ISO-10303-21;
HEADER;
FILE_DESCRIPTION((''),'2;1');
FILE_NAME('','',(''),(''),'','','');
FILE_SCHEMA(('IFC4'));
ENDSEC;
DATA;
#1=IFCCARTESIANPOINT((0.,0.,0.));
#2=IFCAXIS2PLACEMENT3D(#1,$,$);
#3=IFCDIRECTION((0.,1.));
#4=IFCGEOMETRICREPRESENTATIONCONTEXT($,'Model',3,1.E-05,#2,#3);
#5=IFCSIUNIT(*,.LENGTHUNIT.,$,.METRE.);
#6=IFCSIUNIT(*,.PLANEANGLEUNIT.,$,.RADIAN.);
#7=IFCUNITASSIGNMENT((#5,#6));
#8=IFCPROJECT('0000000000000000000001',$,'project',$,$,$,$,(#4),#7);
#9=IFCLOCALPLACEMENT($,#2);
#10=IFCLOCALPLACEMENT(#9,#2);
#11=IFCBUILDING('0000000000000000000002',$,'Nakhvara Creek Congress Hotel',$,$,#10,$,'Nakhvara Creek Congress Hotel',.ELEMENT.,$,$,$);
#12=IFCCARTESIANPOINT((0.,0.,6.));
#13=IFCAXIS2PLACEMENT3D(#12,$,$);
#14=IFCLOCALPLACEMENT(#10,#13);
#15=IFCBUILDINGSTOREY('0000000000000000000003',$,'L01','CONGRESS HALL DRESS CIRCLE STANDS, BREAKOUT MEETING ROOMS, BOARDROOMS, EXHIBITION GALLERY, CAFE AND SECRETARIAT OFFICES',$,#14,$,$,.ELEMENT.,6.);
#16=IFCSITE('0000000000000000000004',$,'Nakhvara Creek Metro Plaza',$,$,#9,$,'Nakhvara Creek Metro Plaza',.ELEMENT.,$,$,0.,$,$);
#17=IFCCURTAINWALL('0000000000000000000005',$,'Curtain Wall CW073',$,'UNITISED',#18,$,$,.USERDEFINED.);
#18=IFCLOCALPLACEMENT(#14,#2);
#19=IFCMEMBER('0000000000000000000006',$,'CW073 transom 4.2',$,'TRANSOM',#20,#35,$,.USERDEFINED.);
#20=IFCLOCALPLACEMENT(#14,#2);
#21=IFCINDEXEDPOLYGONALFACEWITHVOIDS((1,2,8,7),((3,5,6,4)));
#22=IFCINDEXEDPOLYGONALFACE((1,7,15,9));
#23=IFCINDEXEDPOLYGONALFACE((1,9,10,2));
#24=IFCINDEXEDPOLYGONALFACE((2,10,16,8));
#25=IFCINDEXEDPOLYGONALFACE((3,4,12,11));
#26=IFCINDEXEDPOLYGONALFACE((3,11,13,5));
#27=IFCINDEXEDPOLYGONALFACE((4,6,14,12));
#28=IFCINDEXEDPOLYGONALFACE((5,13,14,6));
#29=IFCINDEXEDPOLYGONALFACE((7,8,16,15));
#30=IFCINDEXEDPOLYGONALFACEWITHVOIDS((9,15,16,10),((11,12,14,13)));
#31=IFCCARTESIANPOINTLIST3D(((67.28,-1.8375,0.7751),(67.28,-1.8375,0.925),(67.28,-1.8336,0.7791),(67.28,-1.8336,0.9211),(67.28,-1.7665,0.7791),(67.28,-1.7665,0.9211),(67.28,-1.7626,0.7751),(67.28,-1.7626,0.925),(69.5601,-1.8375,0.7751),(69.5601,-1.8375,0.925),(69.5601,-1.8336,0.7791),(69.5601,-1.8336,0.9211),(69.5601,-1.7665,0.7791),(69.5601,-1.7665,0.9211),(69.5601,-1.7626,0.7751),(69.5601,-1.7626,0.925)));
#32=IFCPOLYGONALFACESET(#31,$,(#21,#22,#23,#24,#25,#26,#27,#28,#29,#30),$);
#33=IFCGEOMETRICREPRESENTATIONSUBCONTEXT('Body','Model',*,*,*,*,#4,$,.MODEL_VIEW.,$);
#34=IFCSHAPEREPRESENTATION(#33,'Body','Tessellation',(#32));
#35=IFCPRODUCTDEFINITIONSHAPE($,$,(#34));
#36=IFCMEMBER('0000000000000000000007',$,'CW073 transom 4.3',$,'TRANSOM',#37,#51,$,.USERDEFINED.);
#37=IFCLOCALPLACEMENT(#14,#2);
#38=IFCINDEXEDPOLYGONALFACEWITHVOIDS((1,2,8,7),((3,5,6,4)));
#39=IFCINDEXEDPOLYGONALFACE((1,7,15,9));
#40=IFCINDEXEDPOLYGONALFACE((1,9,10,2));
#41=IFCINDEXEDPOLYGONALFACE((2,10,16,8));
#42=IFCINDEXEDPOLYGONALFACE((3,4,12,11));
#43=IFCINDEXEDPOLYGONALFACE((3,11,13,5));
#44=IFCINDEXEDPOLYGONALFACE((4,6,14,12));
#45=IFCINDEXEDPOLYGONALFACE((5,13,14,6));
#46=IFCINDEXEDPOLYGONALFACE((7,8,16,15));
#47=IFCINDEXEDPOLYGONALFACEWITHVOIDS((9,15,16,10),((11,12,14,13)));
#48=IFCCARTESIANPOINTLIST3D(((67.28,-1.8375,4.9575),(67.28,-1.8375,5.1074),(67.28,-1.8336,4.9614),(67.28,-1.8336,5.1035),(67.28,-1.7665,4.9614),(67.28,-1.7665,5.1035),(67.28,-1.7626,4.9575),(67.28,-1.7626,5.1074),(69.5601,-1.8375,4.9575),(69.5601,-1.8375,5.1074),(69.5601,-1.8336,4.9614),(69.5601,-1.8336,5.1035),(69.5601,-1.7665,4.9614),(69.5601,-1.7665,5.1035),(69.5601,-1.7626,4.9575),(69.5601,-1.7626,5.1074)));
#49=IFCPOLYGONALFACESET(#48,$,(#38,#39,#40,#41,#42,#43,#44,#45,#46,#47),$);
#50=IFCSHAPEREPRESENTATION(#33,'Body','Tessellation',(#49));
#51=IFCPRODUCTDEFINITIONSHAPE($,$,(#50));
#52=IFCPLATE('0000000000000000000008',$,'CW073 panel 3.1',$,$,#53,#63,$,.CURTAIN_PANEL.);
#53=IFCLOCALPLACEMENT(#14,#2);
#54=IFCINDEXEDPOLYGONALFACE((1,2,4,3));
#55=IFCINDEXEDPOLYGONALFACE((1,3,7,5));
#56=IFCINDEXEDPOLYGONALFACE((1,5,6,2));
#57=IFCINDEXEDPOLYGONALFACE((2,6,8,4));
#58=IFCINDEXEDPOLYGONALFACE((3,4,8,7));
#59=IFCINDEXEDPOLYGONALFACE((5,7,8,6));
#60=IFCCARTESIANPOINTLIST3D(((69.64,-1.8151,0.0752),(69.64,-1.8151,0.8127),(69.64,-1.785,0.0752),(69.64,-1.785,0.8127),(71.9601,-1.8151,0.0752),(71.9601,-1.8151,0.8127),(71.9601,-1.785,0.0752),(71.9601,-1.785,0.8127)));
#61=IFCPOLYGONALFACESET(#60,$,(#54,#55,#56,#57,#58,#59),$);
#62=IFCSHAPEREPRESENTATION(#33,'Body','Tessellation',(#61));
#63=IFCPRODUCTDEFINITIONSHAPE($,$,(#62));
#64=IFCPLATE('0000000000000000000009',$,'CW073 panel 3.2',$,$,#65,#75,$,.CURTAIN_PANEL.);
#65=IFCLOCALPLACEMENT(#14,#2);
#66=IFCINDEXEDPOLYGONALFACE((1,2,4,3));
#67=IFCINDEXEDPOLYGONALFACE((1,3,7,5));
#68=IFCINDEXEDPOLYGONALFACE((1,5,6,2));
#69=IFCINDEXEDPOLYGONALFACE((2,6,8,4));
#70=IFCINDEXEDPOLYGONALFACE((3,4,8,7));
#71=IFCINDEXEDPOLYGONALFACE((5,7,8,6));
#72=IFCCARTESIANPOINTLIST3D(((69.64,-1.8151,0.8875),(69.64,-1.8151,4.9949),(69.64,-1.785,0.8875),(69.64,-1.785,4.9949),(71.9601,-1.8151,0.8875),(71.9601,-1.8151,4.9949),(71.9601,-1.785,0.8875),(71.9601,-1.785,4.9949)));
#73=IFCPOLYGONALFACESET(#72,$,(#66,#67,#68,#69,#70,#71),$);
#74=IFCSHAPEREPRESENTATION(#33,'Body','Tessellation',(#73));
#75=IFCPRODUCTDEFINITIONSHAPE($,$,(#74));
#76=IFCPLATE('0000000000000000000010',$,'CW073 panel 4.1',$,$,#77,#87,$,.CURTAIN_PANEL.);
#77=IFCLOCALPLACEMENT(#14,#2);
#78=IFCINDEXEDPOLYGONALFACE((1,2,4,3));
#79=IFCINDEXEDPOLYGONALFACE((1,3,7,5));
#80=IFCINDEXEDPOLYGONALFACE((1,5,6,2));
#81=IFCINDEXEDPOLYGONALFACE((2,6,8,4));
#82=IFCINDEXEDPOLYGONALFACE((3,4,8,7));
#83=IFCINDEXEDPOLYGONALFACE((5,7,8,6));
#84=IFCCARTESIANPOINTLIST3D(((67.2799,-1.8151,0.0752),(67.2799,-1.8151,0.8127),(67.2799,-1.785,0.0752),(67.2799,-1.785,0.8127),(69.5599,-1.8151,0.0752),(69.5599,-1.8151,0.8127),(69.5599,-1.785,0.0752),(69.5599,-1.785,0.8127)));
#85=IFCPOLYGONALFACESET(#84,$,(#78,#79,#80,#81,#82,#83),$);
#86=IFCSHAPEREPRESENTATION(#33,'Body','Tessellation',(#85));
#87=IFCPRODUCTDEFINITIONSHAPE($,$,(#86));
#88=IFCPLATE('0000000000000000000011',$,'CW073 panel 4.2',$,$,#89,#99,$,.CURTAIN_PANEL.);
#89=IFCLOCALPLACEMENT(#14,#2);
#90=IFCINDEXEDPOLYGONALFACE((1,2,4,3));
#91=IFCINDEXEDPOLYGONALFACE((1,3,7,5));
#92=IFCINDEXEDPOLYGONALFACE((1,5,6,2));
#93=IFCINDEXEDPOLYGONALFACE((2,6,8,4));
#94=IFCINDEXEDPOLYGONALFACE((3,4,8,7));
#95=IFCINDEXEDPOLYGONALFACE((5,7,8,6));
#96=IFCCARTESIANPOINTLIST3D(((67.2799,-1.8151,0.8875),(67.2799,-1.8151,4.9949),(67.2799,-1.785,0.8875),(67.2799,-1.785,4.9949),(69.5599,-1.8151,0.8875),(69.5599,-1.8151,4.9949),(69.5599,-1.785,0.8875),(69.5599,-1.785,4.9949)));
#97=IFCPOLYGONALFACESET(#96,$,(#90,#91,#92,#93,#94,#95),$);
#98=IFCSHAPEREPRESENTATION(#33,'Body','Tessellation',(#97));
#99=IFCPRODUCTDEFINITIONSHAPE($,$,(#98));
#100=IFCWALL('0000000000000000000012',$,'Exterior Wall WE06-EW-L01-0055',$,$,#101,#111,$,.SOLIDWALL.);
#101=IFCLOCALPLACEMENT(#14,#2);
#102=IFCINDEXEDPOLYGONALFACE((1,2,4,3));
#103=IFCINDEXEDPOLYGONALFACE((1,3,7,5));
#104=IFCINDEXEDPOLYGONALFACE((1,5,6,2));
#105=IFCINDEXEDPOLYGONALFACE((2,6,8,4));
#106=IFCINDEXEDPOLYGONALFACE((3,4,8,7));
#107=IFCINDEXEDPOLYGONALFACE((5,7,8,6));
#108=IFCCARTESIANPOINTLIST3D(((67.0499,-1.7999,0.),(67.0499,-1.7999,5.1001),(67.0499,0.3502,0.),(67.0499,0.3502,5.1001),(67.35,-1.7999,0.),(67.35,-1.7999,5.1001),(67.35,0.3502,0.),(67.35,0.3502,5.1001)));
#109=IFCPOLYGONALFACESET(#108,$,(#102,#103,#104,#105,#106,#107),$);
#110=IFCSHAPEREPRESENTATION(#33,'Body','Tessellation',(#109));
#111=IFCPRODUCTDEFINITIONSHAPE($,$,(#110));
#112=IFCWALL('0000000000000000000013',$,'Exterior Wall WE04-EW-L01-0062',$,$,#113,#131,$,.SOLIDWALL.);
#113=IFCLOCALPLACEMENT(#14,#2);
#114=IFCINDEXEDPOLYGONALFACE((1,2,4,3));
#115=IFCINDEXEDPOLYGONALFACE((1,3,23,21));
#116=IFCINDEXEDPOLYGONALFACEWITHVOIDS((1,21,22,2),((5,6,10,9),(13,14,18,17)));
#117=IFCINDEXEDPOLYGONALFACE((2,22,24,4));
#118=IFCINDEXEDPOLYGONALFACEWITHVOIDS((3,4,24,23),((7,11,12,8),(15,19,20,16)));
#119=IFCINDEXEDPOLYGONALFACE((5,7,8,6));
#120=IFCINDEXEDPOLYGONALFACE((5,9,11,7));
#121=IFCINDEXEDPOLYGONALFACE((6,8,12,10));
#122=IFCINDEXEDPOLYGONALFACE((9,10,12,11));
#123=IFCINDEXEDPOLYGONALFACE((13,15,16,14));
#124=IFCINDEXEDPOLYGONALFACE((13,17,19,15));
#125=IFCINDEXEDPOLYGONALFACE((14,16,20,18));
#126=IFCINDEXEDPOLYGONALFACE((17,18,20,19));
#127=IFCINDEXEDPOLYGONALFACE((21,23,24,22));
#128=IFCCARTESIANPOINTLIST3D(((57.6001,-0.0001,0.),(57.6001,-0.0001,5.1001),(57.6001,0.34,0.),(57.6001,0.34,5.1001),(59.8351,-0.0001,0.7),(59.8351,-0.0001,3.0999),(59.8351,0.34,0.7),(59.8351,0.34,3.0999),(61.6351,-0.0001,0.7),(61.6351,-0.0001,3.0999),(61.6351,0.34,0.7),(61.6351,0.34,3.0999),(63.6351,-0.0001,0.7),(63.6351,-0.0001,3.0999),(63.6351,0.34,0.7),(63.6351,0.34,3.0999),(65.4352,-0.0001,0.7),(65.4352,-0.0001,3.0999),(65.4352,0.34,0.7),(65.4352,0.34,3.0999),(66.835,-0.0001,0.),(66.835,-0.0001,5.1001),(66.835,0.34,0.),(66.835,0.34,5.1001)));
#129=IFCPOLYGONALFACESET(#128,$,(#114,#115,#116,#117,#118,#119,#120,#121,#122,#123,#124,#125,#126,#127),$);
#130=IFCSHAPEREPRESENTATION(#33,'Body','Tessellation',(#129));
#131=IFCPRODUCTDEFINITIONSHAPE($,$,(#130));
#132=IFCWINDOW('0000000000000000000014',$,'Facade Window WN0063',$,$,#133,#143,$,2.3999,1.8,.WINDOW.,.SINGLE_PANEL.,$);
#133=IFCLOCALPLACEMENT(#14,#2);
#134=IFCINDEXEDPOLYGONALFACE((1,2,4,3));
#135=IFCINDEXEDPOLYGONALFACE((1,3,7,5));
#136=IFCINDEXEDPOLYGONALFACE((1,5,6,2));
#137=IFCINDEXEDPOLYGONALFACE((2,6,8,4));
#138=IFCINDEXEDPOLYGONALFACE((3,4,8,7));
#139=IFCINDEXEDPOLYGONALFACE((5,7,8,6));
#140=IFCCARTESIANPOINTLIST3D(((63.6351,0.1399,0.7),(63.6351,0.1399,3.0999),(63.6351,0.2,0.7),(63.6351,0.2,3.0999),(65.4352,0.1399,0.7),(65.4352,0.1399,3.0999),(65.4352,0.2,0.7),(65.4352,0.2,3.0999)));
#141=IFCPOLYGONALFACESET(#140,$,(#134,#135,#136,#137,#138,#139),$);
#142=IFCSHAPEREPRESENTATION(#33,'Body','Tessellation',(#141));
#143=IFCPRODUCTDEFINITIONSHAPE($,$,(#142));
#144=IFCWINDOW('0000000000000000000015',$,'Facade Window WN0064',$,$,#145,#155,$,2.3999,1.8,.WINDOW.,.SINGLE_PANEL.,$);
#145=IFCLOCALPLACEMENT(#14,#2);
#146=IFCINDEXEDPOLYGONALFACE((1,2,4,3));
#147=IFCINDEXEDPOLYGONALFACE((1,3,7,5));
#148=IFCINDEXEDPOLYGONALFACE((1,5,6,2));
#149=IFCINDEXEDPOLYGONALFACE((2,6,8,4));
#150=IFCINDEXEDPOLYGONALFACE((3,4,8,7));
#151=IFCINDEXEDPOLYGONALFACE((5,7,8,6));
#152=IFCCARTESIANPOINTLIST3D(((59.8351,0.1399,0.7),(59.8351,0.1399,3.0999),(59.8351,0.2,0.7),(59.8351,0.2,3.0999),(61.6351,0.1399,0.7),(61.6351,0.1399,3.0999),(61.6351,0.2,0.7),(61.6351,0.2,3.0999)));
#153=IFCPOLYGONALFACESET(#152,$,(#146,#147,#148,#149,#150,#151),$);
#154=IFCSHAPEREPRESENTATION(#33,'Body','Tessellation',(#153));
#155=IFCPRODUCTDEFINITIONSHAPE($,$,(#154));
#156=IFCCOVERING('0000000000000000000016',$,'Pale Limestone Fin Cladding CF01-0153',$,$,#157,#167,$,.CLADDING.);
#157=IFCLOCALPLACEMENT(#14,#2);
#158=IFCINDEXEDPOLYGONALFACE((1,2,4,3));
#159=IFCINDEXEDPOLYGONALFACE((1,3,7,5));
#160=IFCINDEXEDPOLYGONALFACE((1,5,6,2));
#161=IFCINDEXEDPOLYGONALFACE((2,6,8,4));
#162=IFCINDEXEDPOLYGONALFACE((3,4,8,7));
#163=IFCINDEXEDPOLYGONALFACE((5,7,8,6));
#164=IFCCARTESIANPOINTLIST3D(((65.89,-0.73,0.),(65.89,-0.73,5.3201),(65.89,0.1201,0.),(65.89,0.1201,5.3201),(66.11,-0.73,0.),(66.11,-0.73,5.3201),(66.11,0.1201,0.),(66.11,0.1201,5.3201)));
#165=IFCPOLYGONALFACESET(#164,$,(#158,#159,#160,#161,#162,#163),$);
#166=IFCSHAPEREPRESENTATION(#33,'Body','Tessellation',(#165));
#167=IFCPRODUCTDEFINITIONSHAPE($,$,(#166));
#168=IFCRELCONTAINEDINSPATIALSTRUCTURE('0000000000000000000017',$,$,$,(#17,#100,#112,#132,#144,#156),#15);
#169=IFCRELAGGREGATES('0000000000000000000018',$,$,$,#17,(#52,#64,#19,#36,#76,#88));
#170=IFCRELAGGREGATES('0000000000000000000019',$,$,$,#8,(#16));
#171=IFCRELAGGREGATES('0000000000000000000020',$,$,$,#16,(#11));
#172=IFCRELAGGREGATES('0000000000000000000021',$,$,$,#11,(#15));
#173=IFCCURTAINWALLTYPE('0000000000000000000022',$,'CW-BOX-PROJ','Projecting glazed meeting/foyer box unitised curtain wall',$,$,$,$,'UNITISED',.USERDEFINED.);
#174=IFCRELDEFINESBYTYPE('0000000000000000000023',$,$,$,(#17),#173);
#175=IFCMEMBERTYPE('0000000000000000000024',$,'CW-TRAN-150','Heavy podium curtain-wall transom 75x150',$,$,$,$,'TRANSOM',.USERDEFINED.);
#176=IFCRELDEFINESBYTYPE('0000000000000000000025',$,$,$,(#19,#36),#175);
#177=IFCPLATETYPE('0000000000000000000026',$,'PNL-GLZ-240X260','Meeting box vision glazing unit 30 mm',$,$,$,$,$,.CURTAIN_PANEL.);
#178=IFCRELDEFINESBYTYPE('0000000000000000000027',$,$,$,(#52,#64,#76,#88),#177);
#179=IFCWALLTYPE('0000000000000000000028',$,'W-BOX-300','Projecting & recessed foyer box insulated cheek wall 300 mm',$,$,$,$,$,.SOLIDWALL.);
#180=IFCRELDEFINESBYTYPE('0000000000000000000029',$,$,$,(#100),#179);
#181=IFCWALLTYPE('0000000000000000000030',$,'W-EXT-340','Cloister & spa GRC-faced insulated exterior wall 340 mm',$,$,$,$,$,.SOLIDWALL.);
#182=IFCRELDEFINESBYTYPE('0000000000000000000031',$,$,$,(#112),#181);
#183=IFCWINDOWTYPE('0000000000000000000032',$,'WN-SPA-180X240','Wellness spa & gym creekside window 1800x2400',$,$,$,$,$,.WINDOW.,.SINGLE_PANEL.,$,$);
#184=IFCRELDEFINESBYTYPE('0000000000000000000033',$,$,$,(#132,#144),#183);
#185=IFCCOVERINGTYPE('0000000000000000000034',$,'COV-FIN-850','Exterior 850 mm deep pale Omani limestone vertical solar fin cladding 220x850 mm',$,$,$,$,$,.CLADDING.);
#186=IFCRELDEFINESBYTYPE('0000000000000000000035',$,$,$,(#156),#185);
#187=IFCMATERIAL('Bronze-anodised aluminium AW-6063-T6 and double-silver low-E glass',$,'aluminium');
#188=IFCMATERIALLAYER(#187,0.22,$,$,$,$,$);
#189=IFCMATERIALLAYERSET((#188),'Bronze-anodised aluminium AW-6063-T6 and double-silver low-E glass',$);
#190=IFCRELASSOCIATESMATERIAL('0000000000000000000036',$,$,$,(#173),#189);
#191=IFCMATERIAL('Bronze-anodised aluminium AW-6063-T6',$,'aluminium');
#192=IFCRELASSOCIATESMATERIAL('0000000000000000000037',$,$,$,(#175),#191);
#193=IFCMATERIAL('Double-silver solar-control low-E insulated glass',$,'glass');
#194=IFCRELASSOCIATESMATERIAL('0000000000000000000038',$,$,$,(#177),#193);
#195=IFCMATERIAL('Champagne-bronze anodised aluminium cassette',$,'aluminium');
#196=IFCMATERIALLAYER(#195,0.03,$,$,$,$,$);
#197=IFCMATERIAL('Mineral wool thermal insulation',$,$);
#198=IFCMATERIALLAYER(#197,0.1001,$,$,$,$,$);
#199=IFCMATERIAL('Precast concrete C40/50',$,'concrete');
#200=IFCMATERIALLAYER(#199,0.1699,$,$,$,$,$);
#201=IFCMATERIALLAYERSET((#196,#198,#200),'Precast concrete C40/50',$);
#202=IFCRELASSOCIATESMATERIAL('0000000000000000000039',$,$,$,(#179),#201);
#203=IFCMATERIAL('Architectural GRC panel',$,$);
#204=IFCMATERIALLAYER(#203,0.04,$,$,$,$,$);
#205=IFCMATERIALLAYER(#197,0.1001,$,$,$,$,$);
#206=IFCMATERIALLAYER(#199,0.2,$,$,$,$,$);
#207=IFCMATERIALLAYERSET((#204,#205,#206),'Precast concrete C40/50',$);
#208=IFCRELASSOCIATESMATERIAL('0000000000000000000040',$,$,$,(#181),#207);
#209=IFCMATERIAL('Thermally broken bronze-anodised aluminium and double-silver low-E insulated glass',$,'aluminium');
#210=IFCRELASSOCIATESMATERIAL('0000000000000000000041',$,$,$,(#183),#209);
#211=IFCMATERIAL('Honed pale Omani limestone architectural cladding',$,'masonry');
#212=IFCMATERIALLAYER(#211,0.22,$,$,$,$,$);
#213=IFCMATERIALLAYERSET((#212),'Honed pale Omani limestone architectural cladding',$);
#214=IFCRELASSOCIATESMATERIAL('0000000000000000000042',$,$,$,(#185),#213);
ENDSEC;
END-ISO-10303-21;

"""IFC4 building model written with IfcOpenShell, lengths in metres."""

from ifc_helpers import new_model, si_unit, direction, frame, frame_2d, origin, origin_2d, place, context, subcontext, project, spatial, rectangle, hollow_rectangle, extrude, material, layer, layer_set, material_profile, profile_set, type_object, element, fill, aggregate, save


model = new_model("IFC4")

# Units and contexts
model_context = context("Model", 3, precision=1e-05, world=origin(), true_north=direction((0.0, 1.0)))
body_context = subcontext(model_context, "Body", "Model", "MODEL_VIEW")
ifc_project = project(units=[si_unit("LENGTHUNIT", "METRE"), si_unit("PLANEANGLEUNIT", "RADIAN")], contexts=[model_context])

# Site, building, storey
site_placement = place(None, origin())
site = spatial("IfcSite", under=ifc_project, at=site_placement, Name="Nakhvara Creek Metro Plaza", LongName="Nakhvara Creek Metro Plaza", CompositionType="ELEMENT", RefElevation=0.0)
building_placement = place(site_placement, origin())
building = spatial("IfcBuilding", under=site, at=building_placement, Name="Nakhvara Creek Congress Hotel", LongName="Nakhvara Creek Congress Hotel", CompositionType="ELEMENT")
storey_placement = place(building_placement, frame((0.0, 0.0, 6.0)))
storey = spatial("IfcBuildingStorey", under=building, at=storey_placement, Name="L01", Description="CONGRESS HALL DRESS CIRCLE STANDS, BREAKOUT MEETING ROOMS, BOARDROOMS, EXHIBITION GALLERY, CAFE AND SECRETARIAT OFFICES", CompositionType="ELEMENT", Elevation=6.0)

# Curtain wall, members, plates
ifc_material_1 = material(Name="Bronze-anodised aluminium AW-6063-T6 and double-silver low-E glass", Category="aluminium")
ifc_layer_1 = layer(ifc_material_1, 0.22)
ifc_layer_set_1 = layer_set([ifc_layer_1], Name="Bronze-anodised aluminium AW-6063-T6 and double-silver low-E glass")
curtain_wall_type = type_object("IfcCurtainWallType", Name="CW-BOX-PROJ", Description="Projecting glazed meeting/foyer box unitised curtain wall", ElementType="UNITISED", PredefinedType="USERDEFINED", material=ifc_layer_set_1)
curtain_wall_placement = place(storey_placement, origin())
curtain_wall = element("IfcCurtainWall", 1, at=curtain_wall_placement, inside=storey, type_object=curtain_wall_type, Name="Curtain Wall CW073", ObjectType="UNITISED", PredefinedType="USERDEFINED")
ifc_material_2 = material(Name="Bronze-anodised aluminium AW-6063-T6", Category="aluminium")
ifc_material_profile_1 = material_profile(ifc_material_2, hollow_rectangle(XDim=0.075, YDim=0.1499, WallThickness=0.0039, at=origin_2d()), Name="ALU-TRAN 75x150x4", Category="LoadBearing")
ifc_profile_set_1 = profile_set([ifc_material_profile_1], Name="Bronze-anodised aluminium AW-6063-T6")
member_type_1 = type_object("IfcMemberType", Name="CW-TRAN-150", Description="Heavy podium curtain-wall transom 75x150", ElementType="TRANSOM", PredefinedType="USERDEFINED", material=ifc_profile_set_1)
member_1_placement = place(storey_placement, frame((69.5601, -1.8, 0.8501), z_axis=(-1.0, 0.0, 0.0), x_axis=(0.0, -1.0, 0.0)))
member_1 = element("IfcMember", 2, at=member_1_placement, type_object=member_type_1, Name="CW073 transom 4.2", ObjectType="TRANSOM", PredefinedType="USERDEFINED", context=body_context, shape_type="SweptSolid", body=[
    extrude(hollow_rectangle(XDim=0.075, YDim=0.1499, WallThickness=0.0039, at=origin_2d()), origin(), (0.0, 0.0, 1.0), 2.28),
])
member_2_placement = place(storey_placement, frame((69.5601, -1.8, 5.0325), z_axis=(-1.0, 0.0, 0.0), x_axis=(0.0, -1.0, 0.0)))
member_2 = element("IfcMember", 3, at=member_2_placement, type_object=member_type_1, Name="CW073 transom 4.3", ObjectType="TRANSOM", PredefinedType="USERDEFINED", context=body_context, shape_type="SweptSolid", body=[
    extrude(hollow_rectangle(XDim=0.075, YDim=0.1499, WallThickness=0.0039, at=origin_2d()), origin(), (0.0, 0.0, 1.0), 2.28),
])
ifc_material_3 = material(Name="Double-silver solar-control low-E insulated glass", Category="glass")
plate_type = type_object("IfcPlateType", Name="PNL-GLZ-240X260", Description="Meeting box vision glazing unit 30 mm", PredefinedType="CURTAIN_PANEL", material=ifc_material_3)
plate_1_placement = place(storey_placement, frame((70.8, -1.8, 0.0752), z_axis=(0.0, 0.0, 1.0), x_axis=(-1.0, 0.0, 0.0)))
plate_1 = element("IfcPlate", 4, at=plate_1_placement, type_object=plate_type, Name="CW073 panel 3.1", PredefinedType="CURTAIN_PANEL", context=body_context, shape_type="SweptSolid", body=[
    extrude(rectangle(XDim=2.3201, YDim=0.03, at=origin_2d()), origin(), (0.0, 0.0, 1.0), 0.7375),
])
plate_2_placement = place(storey_placement, frame((70.8, -1.8, 0.8875), z_axis=(0.0, 0.0, 1.0), x_axis=(-1.0, 0.0, 0.0)))
plate_2 = element("IfcPlate", 5, at=plate_2_placement, type_object=plate_type, Name="CW073 panel 3.2", PredefinedType="CURTAIN_PANEL", context=body_context, shape_type="SweptSolid", body=[
    extrude(rectangle(XDim=2.3201, YDim=0.03, at=origin_2d()), origin(), (0.0, 0.0, 1.0), 4.1074),
])
plate_3_placement = place(storey_placement, frame((68.4199, -1.8, 0.0752), z_axis=(0.0, 0.0, 1.0), x_axis=(-1.0, 0.0, 0.0)))
plate_3 = element("IfcPlate", 6, at=plate_3_placement, type_object=plate_type, Name="CW073 panel 4.1", PredefinedType="CURTAIN_PANEL", context=body_context, shape_type="SweptSolid", body=[
    extrude(rectangle(XDim=2.28, YDim=0.03, at=origin_2d()), origin(), (0.0, 0.0, 1.0), 0.7375),
])
plate_4_placement = place(storey_placement, frame((68.4199, -1.8, 0.8875), z_axis=(0.0, 0.0, 1.0), x_axis=(-1.0, 0.0, 0.0)))
plate_4 = element("IfcPlate", 7, at=plate_4_placement, type_object=plate_type, Name="CW073 panel 4.2", PredefinedType="CURTAIN_PANEL", context=body_context, shape_type="SweptSolid", body=[
    extrude(rectangle(XDim=2.28, YDim=0.03, at=origin_2d()), origin(), (0.0, 0.0, 1.0), 4.1074),
])
aggregate(curtain_wall, [plate_1, plate_2, member_1, member_2, plate_3, plate_4])

# Wall
ifc_material_4 = material(Name="Champagne-bronze anodised aluminium cassette", Category="aluminium")
ifc_layer_2 = layer(ifc_material_4, 0.03)
ifc_material_5 = material(Name="Mineral wool thermal insulation")
ifc_layer_3 = layer(ifc_material_5, 0.1001)
ifc_material_6 = material(Name="Precast concrete C40/50", Category="concrete")
ifc_layer_4 = layer(ifc_material_6, 0.1699)
ifc_layer_set_2 = layer_set([ifc_layer_2, ifc_layer_3, ifc_layer_4], Name="Precast concrete C40/50")
wall_type_1 = type_object("IfcWallType", Name="W-BOX-300", Description="Projecting & recessed foyer box insulated cheek wall 300 mm", PredefinedType="SOLIDWALL", material=ifc_layer_set_2)
wall_1_placement = place(storey_placement, frame((67.2, -1.8, 0.0), z_axis=(0.0, 0.0, 1.0), x_axis=(0.0, 1.0, 0.0)))
element("IfcWall", 8, at=wall_1_placement, inside=storey, type_object=wall_type_1, Name="Exterior Wall WE06-EW-L01-0055", PredefinedType="SOLIDWALL", context=body_context, shape_type="SweptSolid", body=[
    extrude(rectangle(XDim=2.1501, YDim=0.3, at=frame_2d((1.0752, 0.0))), origin(), (0.0, 0.0, 1.0), 5.1001),
])

# Wall, openings, windows
ifc_material_7 = material(Name="Architectural GRC panel")
ifc_layer_5 = layer(ifc_material_7, 0.04)
ifc_layer_6 = layer(ifc_material_5, 0.1001)
ifc_layer_7 = layer(ifc_material_6, 0.2)
ifc_layer_set_3 = layer_set([ifc_layer_5, ifc_layer_6, ifc_layer_7], Name="Precast concrete C40/50")
wall_type_2 = type_object("IfcWallType", Name="W-EXT-340", Description="Cloister & spa GRC-faced insulated exterior wall 340 mm", PredefinedType="SOLIDWALL", material=ifc_layer_set_3)
wall_2_placement = place(storey_placement, frame((66.835, 0.1699, 0.0), z_axis=(0.0, 0.0, 1.0), x_axis=(-1.0, 0.0, 0.0)))
wall_2 = element("IfcWall", 9, at=wall_2_placement, inside=storey, type_object=wall_type_2, Name="Exterior Wall WE04-EW-L01-0062", PredefinedType="SOLIDWALL", context=body_context, shape_type="SweptSolid", body=[
    extrude(rectangle(XDim=9.2349, YDim=0.3401, at=frame_2d((4.6174, 0.0))), origin(), (0.0, 0.0, 1.0), 5.1001),
])
opening_1_placement = place(wall_2_placement, frame((1.3999, 0.0, 0.7)))
opening_1 = element("IfcOpeningElement", 10, at=opening_1_placement, cuts=wall_2, PredefinedType="OPENING", context=body_context, shape_type="SweptSolid", body=[
    extrude(rectangle(XDim=1.8, YDim=2.3999, at=frame_2d((0.8999, 1.2))), frame((0.0, 0.1821, 0.0), z_axis=(0.0, -1.0, 0.0), x_axis=(1.0, 0.0, 0.0)), (0.0, 0.0, 1.0), 0.364),
])
opening_2_placement = place(wall_2_placement, frame((5.2, 0.0, 0.7)))
opening_2 = element("IfcOpeningElement", 11, at=opening_2_placement, cuts=wall_2, PredefinedType="OPENING", context=body_context, shape_type="SweptSolid", body=[
    extrude(rectangle(XDim=1.8, YDim=2.3999, at=frame_2d((0.8999, 1.2))), frame((0.0, 0.1821, 0.0), z_axis=(0.0, -1.0, 0.0), x_axis=(1.0, 0.0, 0.0)), (0.0, 0.0, 1.0), 0.364),
])
ifc_material_8 = material(Name="Thermally broken bronze-anodised aluminium and double-silver low-E insulated glass", Category="aluminium")
window_type = type_object("IfcWindowType", Name="WN-SPA-180X240", Description="Wellness spa & gym creekside window 1800x2400", PartitioningType="SINGLE_PANEL", PredefinedType="WINDOW", material=ifc_material_8)
window_1_placement = place(opening_1_placement, origin())
window_1 = element("IfcWindow", 12, at=window_1_placement, inside=storey, type_object=window_type, Name="Facade Window WN0063", OverallHeight=2.3999, OverallWidth=1.8, PartitioningType="SINGLE_PANEL", PredefinedType="WINDOW", context=body_context, shape_type="SweptSolid", body=[
    extrude(rectangle(XDim=1.8, YDim=2.3999, at=frame_2d((0.8999, 1.2))), frame((0.0, 0.03, 0.0), z_axis=(0.0, -1.0, 0.0), x_axis=(1.0, 0.0, 0.0)), (0.0, 0.0, 1.0), 0.0601),
])
fill(opening_1, window_1)
window_2_placement = place(opening_2_placement, origin())
window_2 = element("IfcWindow", 13, at=window_2_placement, inside=storey, type_object=window_type, Name="Facade Window WN0064", OverallHeight=2.3999, OverallWidth=1.8, PartitioningType="SINGLE_PANEL", PredefinedType="WINDOW", context=body_context, shape_type="SweptSolid", body=[
    extrude(rectangle(XDim=1.8, YDim=2.3999, at=frame_2d((0.8999, 1.2))), frame((0.0, 0.03, 0.0), z_axis=(0.0, -1.0, 0.0), x_axis=(1.0, 0.0, 0.0)), (0.0, 0.0, 1.0), 0.0601),
])
fill(opening_2, window_2)

# Covering
ifc_material_9 = material(Name="Honed pale Omani limestone architectural cladding", Category="masonry")
ifc_layer_8 = layer(ifc_material_9, 0.22)
ifc_layer_set_4 = layer_set([ifc_layer_8], Name="Honed pale Omani limestone architectural cladding")
covering_type_1 = type_object("IfcCoveringType", Name="COV-FIN-850", Description="Exterior 850 mm deep pale Omani limestone vertical solar fin cladding 220x850 mm", PredefinedType="CLADDING", material=ifc_layer_set_4)
covering_1_placement = place(storey_placement, frame((66.0, -0.3049, 0.0), z_axis=(0.0, 0.0, 1.0), x_axis=(1.0, 0.0, 0.0)))
element("IfcCovering", 14, at=covering_1_placement, inside=storey, type_object=covering_type_1, Name="Pale Limestone Fin Cladding CF01-0153", PredefinedType="CLADDING", context=body_context, shape_type="SweptSolid", body=[
    extrude(rectangle(XDim=0.22, YDim=0.8501, at=origin_2d()), origin(), (0.0, 0.0, 1.0), 5.3201),
])

save(model, "model.ifc")
